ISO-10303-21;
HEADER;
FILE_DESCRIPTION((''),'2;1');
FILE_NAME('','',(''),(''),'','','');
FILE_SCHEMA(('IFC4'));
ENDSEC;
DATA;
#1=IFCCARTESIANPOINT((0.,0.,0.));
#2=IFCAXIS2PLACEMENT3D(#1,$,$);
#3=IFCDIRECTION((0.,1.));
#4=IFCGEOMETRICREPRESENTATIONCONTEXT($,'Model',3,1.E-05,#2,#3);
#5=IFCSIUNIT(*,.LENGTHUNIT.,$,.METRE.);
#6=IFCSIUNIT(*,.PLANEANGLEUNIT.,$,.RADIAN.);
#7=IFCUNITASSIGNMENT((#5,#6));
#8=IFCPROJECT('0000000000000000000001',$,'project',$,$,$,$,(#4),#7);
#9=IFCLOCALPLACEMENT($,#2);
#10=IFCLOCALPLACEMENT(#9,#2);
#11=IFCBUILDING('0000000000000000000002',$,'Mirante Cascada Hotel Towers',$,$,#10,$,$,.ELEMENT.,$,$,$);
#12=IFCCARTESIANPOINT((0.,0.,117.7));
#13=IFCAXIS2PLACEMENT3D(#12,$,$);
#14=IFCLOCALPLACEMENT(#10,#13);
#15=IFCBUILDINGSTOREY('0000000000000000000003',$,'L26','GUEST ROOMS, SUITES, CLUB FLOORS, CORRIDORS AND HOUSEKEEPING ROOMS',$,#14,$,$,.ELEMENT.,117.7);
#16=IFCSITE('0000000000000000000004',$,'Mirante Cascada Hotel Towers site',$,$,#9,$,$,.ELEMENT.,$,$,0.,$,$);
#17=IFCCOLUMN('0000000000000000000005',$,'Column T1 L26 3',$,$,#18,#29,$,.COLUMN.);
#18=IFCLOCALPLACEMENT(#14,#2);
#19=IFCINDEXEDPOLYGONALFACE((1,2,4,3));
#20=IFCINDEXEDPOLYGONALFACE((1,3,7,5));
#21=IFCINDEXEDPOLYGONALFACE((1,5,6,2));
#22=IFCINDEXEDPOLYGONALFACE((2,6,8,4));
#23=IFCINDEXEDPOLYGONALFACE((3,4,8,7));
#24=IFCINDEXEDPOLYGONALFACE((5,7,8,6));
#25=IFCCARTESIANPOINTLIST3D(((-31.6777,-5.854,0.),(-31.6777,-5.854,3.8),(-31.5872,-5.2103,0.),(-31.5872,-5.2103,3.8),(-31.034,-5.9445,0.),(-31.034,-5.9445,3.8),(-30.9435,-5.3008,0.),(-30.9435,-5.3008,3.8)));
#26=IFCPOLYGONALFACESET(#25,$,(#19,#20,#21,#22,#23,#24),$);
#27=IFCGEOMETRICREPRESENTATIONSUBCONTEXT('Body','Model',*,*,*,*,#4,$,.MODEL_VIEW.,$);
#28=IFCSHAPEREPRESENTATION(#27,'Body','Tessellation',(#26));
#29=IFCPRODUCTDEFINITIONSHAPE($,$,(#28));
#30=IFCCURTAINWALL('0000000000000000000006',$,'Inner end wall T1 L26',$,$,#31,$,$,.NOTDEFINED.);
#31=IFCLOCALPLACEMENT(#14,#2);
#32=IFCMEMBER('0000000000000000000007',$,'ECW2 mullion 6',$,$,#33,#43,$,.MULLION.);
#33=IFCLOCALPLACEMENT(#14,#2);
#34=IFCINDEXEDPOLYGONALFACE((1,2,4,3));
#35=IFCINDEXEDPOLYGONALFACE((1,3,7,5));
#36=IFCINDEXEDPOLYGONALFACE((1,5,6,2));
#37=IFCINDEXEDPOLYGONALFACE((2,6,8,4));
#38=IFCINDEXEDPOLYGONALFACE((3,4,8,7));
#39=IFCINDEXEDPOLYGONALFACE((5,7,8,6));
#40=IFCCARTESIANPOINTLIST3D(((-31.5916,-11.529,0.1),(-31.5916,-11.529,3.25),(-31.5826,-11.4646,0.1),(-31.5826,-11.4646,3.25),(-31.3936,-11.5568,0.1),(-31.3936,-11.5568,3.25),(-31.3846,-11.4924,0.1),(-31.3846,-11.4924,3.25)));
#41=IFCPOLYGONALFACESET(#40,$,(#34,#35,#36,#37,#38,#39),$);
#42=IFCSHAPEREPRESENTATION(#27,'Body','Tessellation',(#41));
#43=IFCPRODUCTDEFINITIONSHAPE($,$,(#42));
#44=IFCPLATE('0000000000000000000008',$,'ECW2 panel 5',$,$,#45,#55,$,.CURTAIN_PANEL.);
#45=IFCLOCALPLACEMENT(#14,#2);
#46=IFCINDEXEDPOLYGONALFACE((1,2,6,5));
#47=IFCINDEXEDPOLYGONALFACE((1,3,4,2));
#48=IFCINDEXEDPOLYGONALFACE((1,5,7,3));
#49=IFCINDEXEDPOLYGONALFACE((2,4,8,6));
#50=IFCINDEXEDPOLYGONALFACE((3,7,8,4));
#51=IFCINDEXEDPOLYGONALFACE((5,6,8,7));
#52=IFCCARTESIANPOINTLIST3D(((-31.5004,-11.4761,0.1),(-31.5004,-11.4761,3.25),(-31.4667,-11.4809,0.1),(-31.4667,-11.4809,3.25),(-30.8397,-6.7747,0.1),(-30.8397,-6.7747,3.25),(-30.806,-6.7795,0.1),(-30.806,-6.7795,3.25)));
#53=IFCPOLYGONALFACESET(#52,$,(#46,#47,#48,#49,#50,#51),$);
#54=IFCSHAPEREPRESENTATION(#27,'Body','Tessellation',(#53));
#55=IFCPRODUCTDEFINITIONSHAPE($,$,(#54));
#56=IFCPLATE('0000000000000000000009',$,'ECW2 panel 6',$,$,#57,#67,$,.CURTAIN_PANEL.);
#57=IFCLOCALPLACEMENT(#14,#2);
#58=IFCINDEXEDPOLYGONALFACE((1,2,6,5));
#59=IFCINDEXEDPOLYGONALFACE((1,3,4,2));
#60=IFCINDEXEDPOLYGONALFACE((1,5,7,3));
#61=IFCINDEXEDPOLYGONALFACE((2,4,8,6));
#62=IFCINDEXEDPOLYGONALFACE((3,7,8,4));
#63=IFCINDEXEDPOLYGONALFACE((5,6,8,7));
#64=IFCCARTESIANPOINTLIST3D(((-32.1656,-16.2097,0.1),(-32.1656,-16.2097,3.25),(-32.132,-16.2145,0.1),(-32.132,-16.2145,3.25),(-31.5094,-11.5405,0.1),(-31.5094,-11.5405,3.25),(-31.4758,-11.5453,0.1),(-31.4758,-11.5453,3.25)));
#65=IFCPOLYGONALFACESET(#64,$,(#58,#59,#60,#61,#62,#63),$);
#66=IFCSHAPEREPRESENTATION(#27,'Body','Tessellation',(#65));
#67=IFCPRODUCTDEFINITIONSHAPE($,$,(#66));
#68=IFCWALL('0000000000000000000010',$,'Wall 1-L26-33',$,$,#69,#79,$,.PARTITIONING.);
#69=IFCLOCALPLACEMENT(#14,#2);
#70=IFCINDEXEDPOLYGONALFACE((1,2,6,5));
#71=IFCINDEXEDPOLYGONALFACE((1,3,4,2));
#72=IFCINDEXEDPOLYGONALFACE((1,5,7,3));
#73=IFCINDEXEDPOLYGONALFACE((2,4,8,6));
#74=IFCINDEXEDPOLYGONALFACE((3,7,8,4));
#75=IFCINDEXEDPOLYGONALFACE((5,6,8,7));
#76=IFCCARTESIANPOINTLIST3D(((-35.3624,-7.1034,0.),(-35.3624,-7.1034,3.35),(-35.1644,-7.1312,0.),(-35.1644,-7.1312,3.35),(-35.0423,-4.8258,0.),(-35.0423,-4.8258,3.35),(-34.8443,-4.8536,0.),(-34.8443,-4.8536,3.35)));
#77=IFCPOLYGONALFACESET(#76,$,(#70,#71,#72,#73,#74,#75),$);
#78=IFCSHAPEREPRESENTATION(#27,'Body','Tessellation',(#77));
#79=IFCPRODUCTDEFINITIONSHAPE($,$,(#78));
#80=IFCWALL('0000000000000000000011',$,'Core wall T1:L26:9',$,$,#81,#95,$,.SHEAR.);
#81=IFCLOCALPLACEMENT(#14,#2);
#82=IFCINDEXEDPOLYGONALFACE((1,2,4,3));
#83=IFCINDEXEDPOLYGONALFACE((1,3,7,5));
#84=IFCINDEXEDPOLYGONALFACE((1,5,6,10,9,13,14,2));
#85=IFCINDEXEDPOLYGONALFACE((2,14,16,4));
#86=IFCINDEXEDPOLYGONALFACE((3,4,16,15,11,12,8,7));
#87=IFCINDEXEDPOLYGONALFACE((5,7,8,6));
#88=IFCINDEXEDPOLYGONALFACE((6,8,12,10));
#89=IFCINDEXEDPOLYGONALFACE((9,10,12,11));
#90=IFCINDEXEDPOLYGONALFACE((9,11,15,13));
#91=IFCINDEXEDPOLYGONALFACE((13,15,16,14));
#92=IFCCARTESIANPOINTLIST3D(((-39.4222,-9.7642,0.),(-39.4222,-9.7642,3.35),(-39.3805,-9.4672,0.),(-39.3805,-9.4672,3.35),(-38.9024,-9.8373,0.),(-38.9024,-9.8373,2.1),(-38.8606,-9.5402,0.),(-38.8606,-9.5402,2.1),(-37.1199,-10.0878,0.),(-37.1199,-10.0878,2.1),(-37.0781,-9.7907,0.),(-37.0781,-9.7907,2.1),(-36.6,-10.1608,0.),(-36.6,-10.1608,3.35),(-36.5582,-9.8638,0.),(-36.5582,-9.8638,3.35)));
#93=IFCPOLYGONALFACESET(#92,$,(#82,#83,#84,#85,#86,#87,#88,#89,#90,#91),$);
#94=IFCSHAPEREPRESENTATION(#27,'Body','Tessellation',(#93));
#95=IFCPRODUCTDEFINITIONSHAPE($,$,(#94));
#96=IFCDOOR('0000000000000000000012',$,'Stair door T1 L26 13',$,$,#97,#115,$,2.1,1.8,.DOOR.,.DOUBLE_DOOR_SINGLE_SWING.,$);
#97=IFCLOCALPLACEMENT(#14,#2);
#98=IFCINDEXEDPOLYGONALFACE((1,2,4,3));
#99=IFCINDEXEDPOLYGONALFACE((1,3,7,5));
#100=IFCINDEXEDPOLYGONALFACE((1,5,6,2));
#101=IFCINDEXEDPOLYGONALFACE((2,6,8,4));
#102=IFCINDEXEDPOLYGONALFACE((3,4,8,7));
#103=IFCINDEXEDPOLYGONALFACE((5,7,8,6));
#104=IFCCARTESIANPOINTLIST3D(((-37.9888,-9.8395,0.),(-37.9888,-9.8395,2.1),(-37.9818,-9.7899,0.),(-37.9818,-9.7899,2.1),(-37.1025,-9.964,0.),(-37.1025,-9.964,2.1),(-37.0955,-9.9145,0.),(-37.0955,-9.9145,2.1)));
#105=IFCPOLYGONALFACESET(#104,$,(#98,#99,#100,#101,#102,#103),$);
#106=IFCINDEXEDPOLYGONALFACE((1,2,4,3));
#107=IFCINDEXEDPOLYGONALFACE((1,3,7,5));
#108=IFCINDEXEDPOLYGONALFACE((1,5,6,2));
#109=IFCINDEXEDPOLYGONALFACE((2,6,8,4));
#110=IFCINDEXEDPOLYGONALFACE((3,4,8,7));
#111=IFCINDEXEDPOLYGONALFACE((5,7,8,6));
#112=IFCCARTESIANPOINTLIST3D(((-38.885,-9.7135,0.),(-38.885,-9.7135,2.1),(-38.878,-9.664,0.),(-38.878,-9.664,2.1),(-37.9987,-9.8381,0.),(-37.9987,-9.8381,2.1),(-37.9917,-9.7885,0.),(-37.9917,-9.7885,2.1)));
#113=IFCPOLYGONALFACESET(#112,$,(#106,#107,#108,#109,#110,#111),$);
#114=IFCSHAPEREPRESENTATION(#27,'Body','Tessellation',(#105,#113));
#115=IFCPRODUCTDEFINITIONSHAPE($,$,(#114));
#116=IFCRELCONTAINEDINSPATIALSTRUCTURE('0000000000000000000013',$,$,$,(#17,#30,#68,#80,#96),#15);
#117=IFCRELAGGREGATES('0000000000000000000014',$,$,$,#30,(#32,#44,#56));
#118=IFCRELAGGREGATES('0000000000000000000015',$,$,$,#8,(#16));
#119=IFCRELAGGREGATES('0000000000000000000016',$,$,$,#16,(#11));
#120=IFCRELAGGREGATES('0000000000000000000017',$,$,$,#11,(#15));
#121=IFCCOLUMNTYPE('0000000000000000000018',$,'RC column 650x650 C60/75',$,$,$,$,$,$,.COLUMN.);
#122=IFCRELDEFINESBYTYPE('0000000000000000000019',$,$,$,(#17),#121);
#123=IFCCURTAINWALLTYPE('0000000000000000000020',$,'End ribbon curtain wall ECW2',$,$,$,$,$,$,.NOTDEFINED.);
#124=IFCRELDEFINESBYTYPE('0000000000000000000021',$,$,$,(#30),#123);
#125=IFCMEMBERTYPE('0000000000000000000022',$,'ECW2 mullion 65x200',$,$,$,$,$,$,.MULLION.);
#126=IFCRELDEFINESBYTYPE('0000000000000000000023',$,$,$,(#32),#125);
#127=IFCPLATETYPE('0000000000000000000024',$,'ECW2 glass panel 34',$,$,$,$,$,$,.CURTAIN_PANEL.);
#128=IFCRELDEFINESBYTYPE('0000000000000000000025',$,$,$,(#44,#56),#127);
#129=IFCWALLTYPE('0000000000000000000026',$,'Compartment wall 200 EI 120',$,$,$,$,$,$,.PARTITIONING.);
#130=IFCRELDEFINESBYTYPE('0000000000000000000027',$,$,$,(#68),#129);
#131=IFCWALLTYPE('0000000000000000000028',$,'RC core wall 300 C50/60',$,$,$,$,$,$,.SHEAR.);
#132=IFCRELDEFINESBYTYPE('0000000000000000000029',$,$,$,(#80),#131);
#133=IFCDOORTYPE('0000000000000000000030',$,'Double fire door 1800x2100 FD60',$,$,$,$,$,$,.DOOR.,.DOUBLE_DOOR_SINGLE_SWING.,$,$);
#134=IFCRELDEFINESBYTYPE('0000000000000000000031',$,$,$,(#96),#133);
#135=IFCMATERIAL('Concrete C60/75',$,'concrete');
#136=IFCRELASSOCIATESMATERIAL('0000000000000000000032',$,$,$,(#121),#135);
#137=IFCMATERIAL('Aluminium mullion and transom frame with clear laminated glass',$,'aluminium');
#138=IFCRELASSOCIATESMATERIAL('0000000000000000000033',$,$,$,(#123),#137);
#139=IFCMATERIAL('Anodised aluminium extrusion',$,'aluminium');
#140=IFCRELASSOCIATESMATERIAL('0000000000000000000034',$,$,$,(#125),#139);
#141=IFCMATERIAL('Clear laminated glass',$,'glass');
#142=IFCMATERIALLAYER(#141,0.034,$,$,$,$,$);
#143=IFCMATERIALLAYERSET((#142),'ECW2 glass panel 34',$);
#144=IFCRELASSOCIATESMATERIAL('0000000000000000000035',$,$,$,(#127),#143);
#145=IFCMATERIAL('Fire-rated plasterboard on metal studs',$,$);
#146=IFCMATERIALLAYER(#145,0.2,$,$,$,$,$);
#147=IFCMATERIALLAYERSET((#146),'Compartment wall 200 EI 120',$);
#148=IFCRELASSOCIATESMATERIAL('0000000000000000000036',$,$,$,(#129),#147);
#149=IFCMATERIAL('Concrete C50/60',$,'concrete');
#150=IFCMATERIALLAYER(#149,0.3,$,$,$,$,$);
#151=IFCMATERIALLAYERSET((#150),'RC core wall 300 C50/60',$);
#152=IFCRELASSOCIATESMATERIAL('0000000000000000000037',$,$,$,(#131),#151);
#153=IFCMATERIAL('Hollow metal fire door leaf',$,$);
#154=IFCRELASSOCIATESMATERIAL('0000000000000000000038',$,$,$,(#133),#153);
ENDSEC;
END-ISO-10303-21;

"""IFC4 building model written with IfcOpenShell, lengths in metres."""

from ifc_helpers import new_model, si_unit, direction, frame, frame_2d, origin, origin_2d, place, context, subcontext, project, spatial, rectangle, extrude, material, layer, layer_set, material_profile, profile_set, type_object, element, fill, aggregate, save


model = new_model("IFC4")

# Units and contexts
model_context = context("Model", 3, precision=1e-05, world=origin(), true_north=direction((0.0, 1.0)))
body_context = subcontext(model_context, "Body", "Model", "MODEL_VIEW")
ifc_project = project(units=[si_unit("LENGTHUNIT", "METRE"), si_unit("PLANEANGLEUNIT", "RADIAN")], contexts=[model_context])

# Site, building, storey
site_placement = place(None, origin())
site = spatial("IfcSite", under=ifc_project, at=site_placement, Name="Mirante Cascada Hotel Towers site", CompositionType="ELEMENT", RefElevation=0.0)
building_placement = place(site_placement, origin())
building = spatial("IfcBuilding", under=site, at=building_placement, Name="Mirante Cascada Hotel Towers", CompositionType="ELEMENT")
storey_placement = place(building_placement, frame((0.0, 0.0, 117.7)))
storey = spatial("IfcBuildingStorey", under=building, at=storey_placement, Name="L26", Description="GUEST ROOMS, SUITES, CLUB FLOORS, CORRIDORS AND HOUSEKEEPING ROOMS", CompositionType="ELEMENT", Elevation=117.7)

# Column
ifc_material_1 = material(Name="Concrete C60/75", Category="concrete")
ifc_material_profile_1 = material_profile(ifc_material_1, rectangle(XDim=0.65, YDim=0.65, at=origin_2d()), Name="RC column 650x650 C60/75")
ifc_profile_set_1 = profile_set([ifc_material_profile_1], Name="Concrete C60/75")
column_type = type_object("IfcColumnType", Name="RC column 650x650 C60/75", PredefinedType="COLUMN", material=ifc_profile_set_1)
column_placement = place(storey_placement, frame((-31.3106, -5.5774, 0.0), z_axis=(0.0, 0.0, 1.0), x_axis=(-0.990268, 0.139173, 0.0)))
element("IfcColumn", 1, at=column_placement, inside=storey, type_object=column_type, Name="Column T1 L26 3", PredefinedType="COLUMN", context=body_context, shape_type="SweptSolid", body=[
    extrude(rectangle(XDim=0.65, YDim=0.65, at=origin_2d()), origin(), (0.0, 0.0, 1.0), 3.8),
])

# Curtain wall, member, plates
ifc_material_2 = material(Name="Aluminium mullion and transom frame with clear laminated glass", Category="aluminium")
curtain_wall_type = type_object("IfcCurtainWallType", Name="End ribbon curtain wall ECW2", PredefinedType="NOTDEFINED", material=ifc_material_2)
curtain_wall_placement = place(storey_placement, origin())
curtain_wall = element("IfcCurtainWall", 2, at=curtain_wall_placement, inside=storey, type_object=curtain_wall_type, Name="Inner end wall T1 L26", PredefinedType="NOTDEFINED")
ifc_material_3 = material(Name="Anodised aluminium extrusion", Category="aluminium")
ifc_material_profile_2 = material_profile(ifc_material_3, rectangle(XDim=0.2, YDim=0.065, at=origin_2d()), Name="ECW2 MULLION 65x200")
ifc_profile_set_2 = profile_set([ifc_material_profile_2], Name="Anodised aluminium extrusion")
member_type = type_object("IfcMemberType", Name="ECW2 mullion 65x200", PredefinedType="MULLION", material=ifc_profile_set_2)
member_placement = place(storey_placement, frame((-31.4881, -11.5107, 0.1), z_axis=(0.0, 0.0, 1.0), x_axis=(0.990268, -0.139173, 0.0)))
member = element("IfcMember", 3, at=member_placement, type_object=member_type, Name="ECW2 mullion 6", PredefinedType="MULLION", context=body_context, shape_type="SweptSolid", body=[
    extrude(rectangle(XDim=0.2, YDim=0.065, at=origin_2d()), origin(), (0.0, 0.0, 1.0), 3.15),
])
ifc_material_4 = material(Name="Clear laminated glass", Category="glass")
ifc_layer_1 = layer(ifc_material_4, 0.034)
ifc_layer_set_1 = layer_set([ifc_layer_1], Name="ECW2 glass panel 34")
plate_type = type_object("IfcPlateType", Name="ECW2 glass panel 34", PredefinedType="CURTAIN_PANEL", material=ifc_layer_set_1)
plate_1_placement = place(storey_placement, frame((-31.1532, -9.1278, 0.1), z_axis=(0.0, 0.0, 1.0), x_axis=(-0.139173, -0.990268, 0.0)))
plate_1 = element("IfcPlate", 4, at=plate_1_placement, type_object=plate_type, Name="ECW2 panel 5", PredefinedType="CURTAIN_PANEL", context=body_context, shape_type="SweptSolid", body=[
    extrude(rectangle(XDim=4.7476, YDim=0.034, at=origin_2d()), origin(), (0.0, 0.0, 1.0), 3.15),
])
plate_2_placement = place(storey_placement, frame((-31.8207, -13.8775, 0.1), z_axis=(0.0, 0.0, 1.0), x_axis=(-0.139173, -0.990268, 0.0)))
plate_2 = element("IfcPlate", 5, at=plate_2_placement, type_object=plate_type, Name="ECW2 panel 6", PredefinedType="CURTAIN_PANEL", context=body_context, shape_type="SweptSolid", body=[
    extrude(rectangle(XDim=4.7151, YDim=0.034, at=origin_2d()), origin(), (0.0, 0.0, 1.0), 3.15),
])
aggregate(curtain_wall, [member, plate_1, plate_2])

# Wall
ifc_material_5 = material(Name="Fire-rated plasterboard on metal studs")
ifc_layer_2 = layer(ifc_material_5, 0.2)
ifc_layer_set_2 = layer_set([ifc_layer_2], Name="Compartment wall 200 EI 120")
wall_type_1 = type_object("IfcWallType", Name="Compartment wall 200 EI 120", PredefinedType="PARTITIONING", material=ifc_layer_set_2)
wall_1_placement = place(storey_placement, frame((-35.2634, -7.1173, 0.0), z_axis=(0.0, 0.0, 1.0), x_axis=(0.139175, 0.990268, 0.0)))
element("IfcWall", 6, at=wall_1_placement, inside=storey, type_object=wall_type_1, Name="Wall 1-L26-33", PredefinedType="PARTITIONING", context=body_context, shape_type="SweptSolid", body=[
    extrude(rectangle(XDim=2.3, YDim=0.2, at=frame_2d((1.15, 0.0))), origin(), (0.0, 0.0, 1.0), 3.35),
])

# Wall, opening, door
ifc_material_6 = material(Name="Concrete C50/60", Category="concrete")
ifc_layer_3 = layer(ifc_material_6, 0.3)
ifc_layer_set_3 = layer_set([ifc_layer_3], Name="RC core wall 300 C50/60")
wall_type_2 = type_object("IfcWallType", Name="RC core wall 300 C50/60", PredefinedType="SHEAR", material=ifc_layer_set_3)
wall_2_placement = place(storey_placement, frame((-36.5791, -10.0123, 0.0), z_axis=(0.0, 0.0, 1.0), x_axis=(-0.99027, 0.139156, 0.0)))
wall_2 = element("IfcWall", 7, at=wall_2_placement, inside=storey, type_object=wall_type_2, Name="Core wall T1:L26:9", PredefinedType="SHEAR", context=body_context, shape_type="SweptSolid", body=[
    extrude(rectangle(XDim=2.85, YDim=0.3, at=frame_2d((1.425, 0.0))), origin(), (0.0, 0.0, 1.0), 3.35),
])
opening_1_placement = place(wall_2_placement, frame((0.525, 0.0, 0.0)))
opening_1 = element("IfcOpeningElement", 8, at=opening_1_placement, cuts=wall_2, PredefinedType="OPENING", context=body_context, shape_type="SweptSolid", body=[
    extrude(rectangle(XDim=1.8, YDim=2.1, at=frame_2d((0.9, 1.05))), frame((0.0, 0.15, 0.0), z_axis=(0.0, -1.0, 0.0), x_axis=(1.0, 0.0, 0.0)), (0.0, 0.0, 1.0), 0.3),
])
ifc_material_7 = material(Name="Hollow metal fire door leaf")
door_type_1 = type_object("IfcDoorType", Name="Double fire door 1800x2100 FD60", OperationType="DOUBLE_DOOR_SINGLE_SWING", PredefinedType="DOOR", material=ifc_material_7)
door_1_placement = place(opening_1_placement, origin())
door_1 = element("IfcDoor", 9, at=door_1_placement, inside=storey, type_object=door_type_1, Name="Stair door T1 L26 13", OperationType="DOUBLE_DOOR_SINGLE_SWING", OverallHeight=2.1, OverallWidth=1.8, PredefinedType="DOOR", context=body_context, shape_type="SweptSolid", body=[
    extrude(rectangle(XDim=0.895, YDim=2.1, at=frame_2d((0.4475, 1.05))), frame((0.0, 0.025, 0.0), z_axis=(0.0, -1.0, 0.0), x_axis=(1.0, 0.0, 0.0)), (0.0, 0.0, 1.0), 0.05),
    extrude(rectangle(XDim=0.895, YDim=2.1, at=frame_2d((1.3525, 1.05))), frame((0.0, 0.025, 0.0), z_axis=(0.0, -1.0, 0.0), x_axis=(1.0, 0.0, 0.0)), (0.0, 0.0, 1.0), 0.05),
])
fill(opening_1, door_1)

save(model, "model.ifc")
